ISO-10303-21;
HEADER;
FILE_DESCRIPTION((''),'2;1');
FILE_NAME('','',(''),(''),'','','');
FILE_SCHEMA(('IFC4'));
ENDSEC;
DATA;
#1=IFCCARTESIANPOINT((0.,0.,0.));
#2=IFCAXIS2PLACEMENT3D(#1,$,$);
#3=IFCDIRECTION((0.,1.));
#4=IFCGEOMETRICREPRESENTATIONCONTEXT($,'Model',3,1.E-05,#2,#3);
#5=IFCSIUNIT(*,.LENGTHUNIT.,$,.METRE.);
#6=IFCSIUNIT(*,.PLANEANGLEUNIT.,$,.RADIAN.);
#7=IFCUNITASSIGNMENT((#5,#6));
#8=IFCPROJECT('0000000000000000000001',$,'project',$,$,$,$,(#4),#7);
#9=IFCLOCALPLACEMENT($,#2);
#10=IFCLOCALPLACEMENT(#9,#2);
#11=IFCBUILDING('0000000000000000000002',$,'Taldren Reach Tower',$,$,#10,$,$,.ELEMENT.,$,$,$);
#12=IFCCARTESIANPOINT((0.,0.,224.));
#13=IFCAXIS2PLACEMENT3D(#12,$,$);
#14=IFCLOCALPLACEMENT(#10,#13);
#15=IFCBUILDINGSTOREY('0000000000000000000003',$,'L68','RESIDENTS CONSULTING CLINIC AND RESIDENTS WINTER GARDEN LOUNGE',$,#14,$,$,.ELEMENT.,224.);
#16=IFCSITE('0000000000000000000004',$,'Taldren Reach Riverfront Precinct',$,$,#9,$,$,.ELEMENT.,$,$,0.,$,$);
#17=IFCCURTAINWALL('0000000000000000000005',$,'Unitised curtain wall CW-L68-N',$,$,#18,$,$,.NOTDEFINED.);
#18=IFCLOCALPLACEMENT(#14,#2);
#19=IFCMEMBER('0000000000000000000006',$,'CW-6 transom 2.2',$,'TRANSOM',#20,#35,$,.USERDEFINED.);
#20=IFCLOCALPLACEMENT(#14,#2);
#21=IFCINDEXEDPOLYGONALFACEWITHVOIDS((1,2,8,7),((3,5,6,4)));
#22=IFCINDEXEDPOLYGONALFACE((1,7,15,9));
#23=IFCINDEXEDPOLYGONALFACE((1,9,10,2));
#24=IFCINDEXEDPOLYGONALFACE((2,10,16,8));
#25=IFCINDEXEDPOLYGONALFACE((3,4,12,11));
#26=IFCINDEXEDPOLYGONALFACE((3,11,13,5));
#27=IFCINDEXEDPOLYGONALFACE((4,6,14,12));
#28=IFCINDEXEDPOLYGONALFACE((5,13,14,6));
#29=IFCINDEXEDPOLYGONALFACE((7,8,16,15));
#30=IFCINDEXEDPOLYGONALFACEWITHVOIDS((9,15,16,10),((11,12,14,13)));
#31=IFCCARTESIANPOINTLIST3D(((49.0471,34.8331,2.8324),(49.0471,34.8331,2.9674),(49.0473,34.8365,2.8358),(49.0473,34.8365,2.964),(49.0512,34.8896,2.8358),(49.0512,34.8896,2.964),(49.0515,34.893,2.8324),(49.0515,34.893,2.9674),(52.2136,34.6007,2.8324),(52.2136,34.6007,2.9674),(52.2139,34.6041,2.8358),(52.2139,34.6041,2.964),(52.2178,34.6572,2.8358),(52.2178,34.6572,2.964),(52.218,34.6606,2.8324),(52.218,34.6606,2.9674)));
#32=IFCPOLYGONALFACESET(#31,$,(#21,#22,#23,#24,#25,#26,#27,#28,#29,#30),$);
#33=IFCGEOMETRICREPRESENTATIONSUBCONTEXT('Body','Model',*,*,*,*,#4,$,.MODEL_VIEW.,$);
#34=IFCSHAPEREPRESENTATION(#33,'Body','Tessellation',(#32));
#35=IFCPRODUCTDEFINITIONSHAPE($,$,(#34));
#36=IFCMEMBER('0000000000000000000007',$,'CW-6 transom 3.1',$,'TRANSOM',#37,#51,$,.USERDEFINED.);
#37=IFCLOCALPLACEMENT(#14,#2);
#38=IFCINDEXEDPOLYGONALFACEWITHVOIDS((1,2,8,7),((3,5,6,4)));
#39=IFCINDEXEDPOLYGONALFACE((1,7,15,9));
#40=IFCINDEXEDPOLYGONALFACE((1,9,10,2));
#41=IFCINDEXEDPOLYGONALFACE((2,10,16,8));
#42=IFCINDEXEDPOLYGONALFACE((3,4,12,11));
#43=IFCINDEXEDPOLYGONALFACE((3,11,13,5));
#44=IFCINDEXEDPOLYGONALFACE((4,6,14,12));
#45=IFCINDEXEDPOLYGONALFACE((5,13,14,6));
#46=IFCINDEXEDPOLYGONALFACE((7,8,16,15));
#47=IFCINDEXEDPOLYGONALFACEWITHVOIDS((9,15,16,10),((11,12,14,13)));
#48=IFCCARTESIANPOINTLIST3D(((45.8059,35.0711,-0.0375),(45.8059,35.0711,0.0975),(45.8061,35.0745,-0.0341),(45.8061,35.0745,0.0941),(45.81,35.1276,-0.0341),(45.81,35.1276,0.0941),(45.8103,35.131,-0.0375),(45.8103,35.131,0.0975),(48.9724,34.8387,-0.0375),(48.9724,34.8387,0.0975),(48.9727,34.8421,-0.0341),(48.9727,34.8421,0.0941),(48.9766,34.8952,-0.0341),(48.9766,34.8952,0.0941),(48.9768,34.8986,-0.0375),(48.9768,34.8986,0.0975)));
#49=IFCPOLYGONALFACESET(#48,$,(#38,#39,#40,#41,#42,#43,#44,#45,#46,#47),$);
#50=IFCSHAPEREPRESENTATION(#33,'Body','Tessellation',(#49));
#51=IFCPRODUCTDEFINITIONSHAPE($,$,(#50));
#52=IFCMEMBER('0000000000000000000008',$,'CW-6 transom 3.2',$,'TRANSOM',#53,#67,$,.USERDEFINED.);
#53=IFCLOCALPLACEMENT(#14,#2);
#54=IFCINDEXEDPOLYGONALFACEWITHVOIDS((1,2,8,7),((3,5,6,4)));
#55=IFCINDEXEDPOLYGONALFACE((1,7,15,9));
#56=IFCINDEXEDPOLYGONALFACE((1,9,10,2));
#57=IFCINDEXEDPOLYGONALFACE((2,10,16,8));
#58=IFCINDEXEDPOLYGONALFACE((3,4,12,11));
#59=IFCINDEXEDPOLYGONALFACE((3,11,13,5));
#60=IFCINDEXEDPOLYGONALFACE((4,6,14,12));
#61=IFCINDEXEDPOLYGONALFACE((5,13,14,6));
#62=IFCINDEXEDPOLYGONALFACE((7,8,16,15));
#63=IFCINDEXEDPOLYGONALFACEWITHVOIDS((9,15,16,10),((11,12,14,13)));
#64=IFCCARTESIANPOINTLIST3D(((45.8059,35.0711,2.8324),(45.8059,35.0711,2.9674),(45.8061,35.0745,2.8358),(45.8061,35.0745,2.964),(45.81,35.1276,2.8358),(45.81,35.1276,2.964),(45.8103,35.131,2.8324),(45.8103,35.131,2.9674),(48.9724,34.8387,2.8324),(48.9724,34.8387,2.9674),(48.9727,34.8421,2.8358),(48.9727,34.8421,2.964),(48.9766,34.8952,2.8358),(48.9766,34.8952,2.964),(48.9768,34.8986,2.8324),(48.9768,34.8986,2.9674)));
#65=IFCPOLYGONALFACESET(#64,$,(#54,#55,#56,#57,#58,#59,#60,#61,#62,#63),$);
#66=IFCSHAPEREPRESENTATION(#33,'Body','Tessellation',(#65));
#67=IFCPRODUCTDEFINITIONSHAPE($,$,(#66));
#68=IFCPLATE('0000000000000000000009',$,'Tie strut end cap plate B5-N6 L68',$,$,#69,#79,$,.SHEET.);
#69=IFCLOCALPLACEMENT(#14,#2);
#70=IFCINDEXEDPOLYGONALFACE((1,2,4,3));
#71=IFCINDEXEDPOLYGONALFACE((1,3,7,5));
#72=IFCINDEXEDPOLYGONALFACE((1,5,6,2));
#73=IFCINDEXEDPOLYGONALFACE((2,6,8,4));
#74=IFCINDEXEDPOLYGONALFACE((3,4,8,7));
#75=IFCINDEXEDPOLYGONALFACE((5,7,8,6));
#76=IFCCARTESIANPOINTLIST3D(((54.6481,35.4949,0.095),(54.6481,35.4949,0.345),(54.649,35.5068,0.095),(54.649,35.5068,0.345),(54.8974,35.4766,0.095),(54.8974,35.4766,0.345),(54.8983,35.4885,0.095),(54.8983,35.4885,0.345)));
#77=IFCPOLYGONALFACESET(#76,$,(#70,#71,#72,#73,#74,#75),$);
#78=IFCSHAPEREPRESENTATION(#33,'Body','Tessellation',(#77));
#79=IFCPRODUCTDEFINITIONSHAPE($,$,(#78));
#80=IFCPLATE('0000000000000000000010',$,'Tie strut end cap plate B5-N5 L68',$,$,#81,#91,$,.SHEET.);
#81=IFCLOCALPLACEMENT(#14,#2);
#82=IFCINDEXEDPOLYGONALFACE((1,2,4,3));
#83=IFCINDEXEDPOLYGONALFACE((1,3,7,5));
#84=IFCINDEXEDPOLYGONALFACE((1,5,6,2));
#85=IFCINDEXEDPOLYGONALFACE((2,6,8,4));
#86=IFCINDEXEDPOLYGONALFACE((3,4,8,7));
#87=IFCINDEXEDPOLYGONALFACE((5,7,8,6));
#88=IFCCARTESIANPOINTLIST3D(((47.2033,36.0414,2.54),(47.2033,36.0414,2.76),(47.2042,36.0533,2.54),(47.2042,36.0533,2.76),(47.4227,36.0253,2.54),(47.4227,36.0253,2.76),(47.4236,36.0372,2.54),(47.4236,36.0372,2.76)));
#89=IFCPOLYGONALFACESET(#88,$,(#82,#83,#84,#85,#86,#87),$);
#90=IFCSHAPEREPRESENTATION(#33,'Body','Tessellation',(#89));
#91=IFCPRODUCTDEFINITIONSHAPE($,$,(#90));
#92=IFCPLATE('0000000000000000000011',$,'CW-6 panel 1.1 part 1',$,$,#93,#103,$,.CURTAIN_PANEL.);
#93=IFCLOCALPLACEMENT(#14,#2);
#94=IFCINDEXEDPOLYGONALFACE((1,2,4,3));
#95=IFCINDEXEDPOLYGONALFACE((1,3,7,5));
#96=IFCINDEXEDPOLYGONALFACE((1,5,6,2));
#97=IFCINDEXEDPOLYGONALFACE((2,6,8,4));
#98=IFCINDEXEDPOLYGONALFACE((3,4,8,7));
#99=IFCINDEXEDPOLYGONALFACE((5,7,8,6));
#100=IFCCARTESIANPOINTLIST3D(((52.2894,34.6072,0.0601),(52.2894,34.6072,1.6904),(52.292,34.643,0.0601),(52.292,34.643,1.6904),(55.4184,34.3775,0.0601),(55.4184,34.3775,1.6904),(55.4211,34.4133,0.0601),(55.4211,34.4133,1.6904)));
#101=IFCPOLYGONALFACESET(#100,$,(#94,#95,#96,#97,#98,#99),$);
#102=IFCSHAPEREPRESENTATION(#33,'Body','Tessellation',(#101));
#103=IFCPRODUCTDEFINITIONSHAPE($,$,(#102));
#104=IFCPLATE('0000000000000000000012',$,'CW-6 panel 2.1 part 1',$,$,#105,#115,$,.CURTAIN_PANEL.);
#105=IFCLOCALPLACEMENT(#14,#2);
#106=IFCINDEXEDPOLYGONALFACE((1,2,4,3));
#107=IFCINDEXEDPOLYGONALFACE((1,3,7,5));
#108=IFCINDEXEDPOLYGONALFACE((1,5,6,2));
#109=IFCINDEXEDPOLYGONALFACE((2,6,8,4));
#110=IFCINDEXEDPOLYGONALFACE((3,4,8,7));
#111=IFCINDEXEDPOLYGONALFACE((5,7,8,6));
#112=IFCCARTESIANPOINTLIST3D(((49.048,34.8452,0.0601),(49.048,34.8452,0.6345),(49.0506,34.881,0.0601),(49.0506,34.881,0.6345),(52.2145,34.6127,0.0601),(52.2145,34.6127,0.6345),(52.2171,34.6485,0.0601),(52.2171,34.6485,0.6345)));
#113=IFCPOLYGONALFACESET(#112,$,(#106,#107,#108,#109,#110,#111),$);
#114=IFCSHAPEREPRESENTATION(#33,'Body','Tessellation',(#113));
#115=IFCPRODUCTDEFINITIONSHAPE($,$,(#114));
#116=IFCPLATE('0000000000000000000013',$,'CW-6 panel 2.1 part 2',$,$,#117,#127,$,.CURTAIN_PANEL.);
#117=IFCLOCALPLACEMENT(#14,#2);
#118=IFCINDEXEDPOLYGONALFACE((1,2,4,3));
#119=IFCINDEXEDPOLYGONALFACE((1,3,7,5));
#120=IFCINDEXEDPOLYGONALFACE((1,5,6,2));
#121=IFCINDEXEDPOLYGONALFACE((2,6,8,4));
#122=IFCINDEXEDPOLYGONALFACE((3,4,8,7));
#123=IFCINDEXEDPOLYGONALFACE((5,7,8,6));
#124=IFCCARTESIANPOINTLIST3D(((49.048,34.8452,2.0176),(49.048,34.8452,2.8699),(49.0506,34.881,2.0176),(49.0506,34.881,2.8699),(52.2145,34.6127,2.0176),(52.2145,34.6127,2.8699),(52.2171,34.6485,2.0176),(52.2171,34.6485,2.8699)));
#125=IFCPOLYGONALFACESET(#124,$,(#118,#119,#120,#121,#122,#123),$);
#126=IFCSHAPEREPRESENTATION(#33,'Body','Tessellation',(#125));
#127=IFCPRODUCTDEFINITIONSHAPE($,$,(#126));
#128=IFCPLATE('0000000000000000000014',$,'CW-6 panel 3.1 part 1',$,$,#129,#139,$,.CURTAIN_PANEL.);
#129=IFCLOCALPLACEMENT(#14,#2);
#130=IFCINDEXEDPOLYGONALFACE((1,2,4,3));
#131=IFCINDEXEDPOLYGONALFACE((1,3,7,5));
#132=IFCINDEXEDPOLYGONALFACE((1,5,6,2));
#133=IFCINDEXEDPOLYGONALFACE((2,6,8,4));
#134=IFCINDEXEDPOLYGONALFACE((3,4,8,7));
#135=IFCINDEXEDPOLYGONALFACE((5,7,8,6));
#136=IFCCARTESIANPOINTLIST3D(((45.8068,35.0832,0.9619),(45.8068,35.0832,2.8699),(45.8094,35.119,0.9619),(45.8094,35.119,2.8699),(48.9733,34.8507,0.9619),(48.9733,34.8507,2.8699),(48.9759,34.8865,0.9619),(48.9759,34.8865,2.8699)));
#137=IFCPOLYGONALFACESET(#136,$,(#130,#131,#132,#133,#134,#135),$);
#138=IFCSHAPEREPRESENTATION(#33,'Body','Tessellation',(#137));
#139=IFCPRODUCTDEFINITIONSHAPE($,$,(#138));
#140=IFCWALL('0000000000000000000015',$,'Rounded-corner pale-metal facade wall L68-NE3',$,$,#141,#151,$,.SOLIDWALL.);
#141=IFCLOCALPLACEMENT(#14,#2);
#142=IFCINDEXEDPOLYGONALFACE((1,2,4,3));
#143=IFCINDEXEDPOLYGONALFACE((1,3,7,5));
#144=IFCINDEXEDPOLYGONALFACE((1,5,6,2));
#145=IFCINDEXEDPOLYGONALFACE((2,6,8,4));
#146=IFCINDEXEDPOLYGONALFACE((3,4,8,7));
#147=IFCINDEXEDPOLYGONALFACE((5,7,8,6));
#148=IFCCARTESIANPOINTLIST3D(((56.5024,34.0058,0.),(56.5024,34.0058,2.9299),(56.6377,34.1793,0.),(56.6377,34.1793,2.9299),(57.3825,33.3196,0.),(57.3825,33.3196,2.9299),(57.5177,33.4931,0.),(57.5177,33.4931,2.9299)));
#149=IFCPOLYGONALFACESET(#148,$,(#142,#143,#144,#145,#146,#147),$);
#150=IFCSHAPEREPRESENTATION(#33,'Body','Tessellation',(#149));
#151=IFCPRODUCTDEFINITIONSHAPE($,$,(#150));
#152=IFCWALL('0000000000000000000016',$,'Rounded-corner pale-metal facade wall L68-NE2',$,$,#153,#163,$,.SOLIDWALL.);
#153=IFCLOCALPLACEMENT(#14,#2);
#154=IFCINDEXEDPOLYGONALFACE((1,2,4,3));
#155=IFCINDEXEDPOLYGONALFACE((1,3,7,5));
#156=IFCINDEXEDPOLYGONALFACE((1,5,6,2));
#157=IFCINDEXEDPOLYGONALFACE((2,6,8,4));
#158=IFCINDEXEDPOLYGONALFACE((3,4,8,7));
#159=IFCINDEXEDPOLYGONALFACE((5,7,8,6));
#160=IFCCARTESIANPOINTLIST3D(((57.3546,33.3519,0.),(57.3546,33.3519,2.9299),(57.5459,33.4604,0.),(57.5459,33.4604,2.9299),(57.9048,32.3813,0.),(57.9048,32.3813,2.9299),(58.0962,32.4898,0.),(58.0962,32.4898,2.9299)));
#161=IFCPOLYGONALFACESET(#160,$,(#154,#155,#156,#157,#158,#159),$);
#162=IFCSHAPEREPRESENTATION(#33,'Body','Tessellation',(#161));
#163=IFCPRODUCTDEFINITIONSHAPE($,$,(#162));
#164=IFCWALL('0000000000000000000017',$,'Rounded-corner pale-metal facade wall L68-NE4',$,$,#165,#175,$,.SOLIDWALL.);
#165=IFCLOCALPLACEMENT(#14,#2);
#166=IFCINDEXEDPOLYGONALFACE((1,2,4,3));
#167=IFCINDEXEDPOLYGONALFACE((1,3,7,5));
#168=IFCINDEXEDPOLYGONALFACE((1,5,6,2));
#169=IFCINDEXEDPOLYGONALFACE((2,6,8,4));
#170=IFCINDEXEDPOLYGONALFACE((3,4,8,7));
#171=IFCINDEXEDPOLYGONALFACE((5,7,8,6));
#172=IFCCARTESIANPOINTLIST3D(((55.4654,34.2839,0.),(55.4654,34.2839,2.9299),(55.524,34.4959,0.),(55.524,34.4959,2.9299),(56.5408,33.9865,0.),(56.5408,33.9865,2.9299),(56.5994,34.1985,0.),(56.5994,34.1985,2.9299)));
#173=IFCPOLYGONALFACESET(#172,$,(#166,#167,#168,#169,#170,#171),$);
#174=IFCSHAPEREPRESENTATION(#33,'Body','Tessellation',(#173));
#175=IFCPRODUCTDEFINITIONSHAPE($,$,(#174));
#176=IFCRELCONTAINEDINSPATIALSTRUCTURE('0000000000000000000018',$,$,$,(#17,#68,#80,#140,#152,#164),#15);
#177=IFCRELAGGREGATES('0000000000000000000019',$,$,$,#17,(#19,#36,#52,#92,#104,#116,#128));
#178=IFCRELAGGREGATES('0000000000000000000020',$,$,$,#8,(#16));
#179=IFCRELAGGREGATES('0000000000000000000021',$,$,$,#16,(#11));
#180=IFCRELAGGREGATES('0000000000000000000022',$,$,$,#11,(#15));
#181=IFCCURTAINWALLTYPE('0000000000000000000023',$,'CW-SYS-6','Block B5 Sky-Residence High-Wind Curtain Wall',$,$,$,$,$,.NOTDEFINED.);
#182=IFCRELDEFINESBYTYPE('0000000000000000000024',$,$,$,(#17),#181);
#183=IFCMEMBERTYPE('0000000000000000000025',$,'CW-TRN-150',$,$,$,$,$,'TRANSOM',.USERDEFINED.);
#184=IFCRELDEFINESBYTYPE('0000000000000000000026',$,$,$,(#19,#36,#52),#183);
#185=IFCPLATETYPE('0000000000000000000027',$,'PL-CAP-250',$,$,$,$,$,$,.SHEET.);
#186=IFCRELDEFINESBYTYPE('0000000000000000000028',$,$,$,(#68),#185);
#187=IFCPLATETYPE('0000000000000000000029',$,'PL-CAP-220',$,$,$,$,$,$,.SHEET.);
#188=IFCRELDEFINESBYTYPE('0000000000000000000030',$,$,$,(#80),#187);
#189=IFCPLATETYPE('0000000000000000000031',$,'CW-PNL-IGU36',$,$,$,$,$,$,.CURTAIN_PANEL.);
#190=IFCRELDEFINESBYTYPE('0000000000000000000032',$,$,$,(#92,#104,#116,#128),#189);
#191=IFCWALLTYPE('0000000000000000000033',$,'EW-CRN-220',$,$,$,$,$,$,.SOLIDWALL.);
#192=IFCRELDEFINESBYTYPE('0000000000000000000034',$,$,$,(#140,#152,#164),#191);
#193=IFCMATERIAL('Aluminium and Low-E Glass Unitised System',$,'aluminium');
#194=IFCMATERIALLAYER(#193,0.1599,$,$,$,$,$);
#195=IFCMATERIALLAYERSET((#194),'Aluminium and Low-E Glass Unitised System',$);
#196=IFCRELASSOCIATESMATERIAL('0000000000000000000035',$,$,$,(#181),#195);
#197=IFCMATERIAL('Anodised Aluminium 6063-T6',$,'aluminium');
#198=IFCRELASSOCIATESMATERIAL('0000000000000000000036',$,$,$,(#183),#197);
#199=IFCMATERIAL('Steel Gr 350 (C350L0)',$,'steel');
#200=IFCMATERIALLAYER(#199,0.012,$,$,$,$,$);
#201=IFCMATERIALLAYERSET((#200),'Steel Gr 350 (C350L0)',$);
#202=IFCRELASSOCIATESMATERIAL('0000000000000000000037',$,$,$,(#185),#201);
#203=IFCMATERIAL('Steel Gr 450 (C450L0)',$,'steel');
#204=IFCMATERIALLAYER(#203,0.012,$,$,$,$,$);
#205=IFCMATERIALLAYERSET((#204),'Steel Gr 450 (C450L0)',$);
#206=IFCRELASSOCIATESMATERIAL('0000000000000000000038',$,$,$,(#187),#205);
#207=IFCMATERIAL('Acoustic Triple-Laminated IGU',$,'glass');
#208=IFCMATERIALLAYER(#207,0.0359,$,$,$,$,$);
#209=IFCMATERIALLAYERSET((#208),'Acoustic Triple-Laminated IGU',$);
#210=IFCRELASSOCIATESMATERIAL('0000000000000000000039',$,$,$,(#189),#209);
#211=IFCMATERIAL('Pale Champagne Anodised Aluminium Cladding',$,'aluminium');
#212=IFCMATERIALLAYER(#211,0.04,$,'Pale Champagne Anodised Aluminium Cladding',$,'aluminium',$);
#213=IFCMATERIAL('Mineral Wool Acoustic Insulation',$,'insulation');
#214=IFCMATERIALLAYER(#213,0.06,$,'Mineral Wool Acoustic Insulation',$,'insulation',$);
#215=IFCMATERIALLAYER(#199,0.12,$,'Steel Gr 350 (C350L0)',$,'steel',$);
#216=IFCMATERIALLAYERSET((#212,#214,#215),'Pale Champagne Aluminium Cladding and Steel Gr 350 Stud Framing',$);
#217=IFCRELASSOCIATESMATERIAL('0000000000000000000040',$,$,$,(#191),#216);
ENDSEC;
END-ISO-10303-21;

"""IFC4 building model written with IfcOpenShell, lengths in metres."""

from ifc_helpers import new_model, si_unit, direction, frame, frame_2d, origin, origin_2d, place, context, subcontext, project, spatial, rectangle, hollow_rectangle, extrude, source, transform, mapped, material, layer, layer_set, material_profile, profile_set, type_object, element, aggregate, save


model = new_model("IFC4")

# Units and contexts
model_context = context("Model", 3, precision=1e-05, world=origin(), true_north=direction((0.0, 1.0)))
body_context = subcontext(model_context, "Body", "Model", "MODEL_VIEW")
ifc_project = project(units=[si_unit("LENGTHUNIT", "METRE"), si_unit("PLANEANGLEUNIT", "RADIAN")], contexts=[model_context])

# Site, building, storey
site_placement = place(None, origin())
site = spatial("IfcSite", under=ifc_project, at=site_placement, Name="Taldren Reach Riverfront Precinct", CompositionType="ELEMENT", RefElevation=0.0)
building_placement = place(site_placement, origin())
building = spatial("IfcBuilding", under=site, at=building_placement, Name="Taldren Reach Tower", CompositionType="ELEMENT")
storey_placement = place(building_placement, frame((0.0, 0.0, 224.0)))
storey = spatial("IfcBuildingStorey", under=building, at=storey_placement, Name="L68", Description="RESIDENTS CONSULTING CLINIC AND RESIDENTS WINTER GARDEN LOUNGE", CompositionType="ELEMENT", Elevation=224.0)

# Shared definitions
ifc_material_1 = material(Name="Steel Gr 350 (C350L0)", Category="steel")

# Shared definitions
ifc_material_2 = material(Name="Steel Gr 450 (C450L0)", Category="steel")

# Curtain wall, members
ifc_material_3 = material(Name="Aluminium and Low-E Glass Unitised System", Category="aluminium")
ifc_layer_1 = layer(ifc_material_3, 0.1599)
ifc_layer_set_1 = layer_set([ifc_layer_1], Name="Aluminium and Low-E Glass Unitised System")
curtain_wall_type = type_object("IfcCurtainWallType", Name="CW-SYS-6", Description="Block B5 Sky-Residence High-Wind Curtain Wall", PredefinedType="NOTDEFINED", material=ifc_layer_set_1)
curtain_wall_placement = place(storey_placement, origin())
curtain_wall = element("IfcCurtainWall", 1, at=curtain_wall_placement, inside=storey, type_object=curtain_wall_type, Name="Unitised curtain wall CW-L68-N", PredefinedType="NOTDEFINED")
ifc_material_4 = material(Name="Anodised Aluminium 6063-T6", Category="aluminium")
ifc_material_profile_1 = material_profile(ifc_material_4, hollow_rectangle(XDim=0.0601, YDim=0.135, WallThickness=0.0034, at=origin_2d()), Name="ALU-135x60x3.5RHS")
ifc_profile_set_1 = profile_set([ifc_material_profile_1], Name="Anodised Aluminium 6063-T6")
member_type_1 = type_object("IfcMemberType", Name="CW-TRN-150", ElementType="TRANSOM", PredefinedType="USERDEFINED", material=ifc_profile_set_1)
shared_shape_1 = source(origin(), body_context, "Body", "SweptSolid", [
    extrude(hollow_rectangle(XDim=0.0601, YDim=0.135, WallThickness=0.0034, at=origin_2d()), origin(), (0.0, 0.0, 1.0), 3.175),
])
member_1_placement = place(storey_placement, frame((52.2158, 34.6306, 2.8999), z_axis=(-0.997317, 0.073203, 0.0), x_axis=(-0.073203, -0.997317, 0.0)))
member_1 = element("IfcMember", 2, at=member_1_placement, type_object=member_type_1, Name="CW-6 transom 2.2", ObjectType="TRANSOM", PredefinedType="USERDEFINED", context=body_context, shape_type="MappedRepresentation", body=[
    mapped(shared_shape_1, transform((0.0, 0.0, 0.0), scale=1.0)),
])
member_2_placement = place(storey_placement, frame((48.9746, 34.8687, 0.03), z_axis=(-0.997317, 0.073203, 0.0), x_axis=(-0.073203, -0.997317, 0.0)))
member_2 = element("IfcMember", 3, at=member_2_placement, type_object=member_type_1, Name="CW-6 transom 3.1", ObjectType="TRANSOM", PredefinedType="USERDEFINED", context=body_context, shape_type="MappedRepresentation", body=[
    mapped(shared_shape_1, transform((0.0, 0.0, 0.0), scale=1.0)),
])
member_3_placement = place(storey_placement, frame((48.9746, 34.8687, 2.8999), z_axis=(-0.997317, 0.073203, 0.0), x_axis=(-0.073203, -0.997317, 0.0)))
member_3 = element("IfcMember", 4, at=member_3_placement, type_object=member_type_1, Name="CW-6 transom 3.2", ObjectType="TRANSOM", PredefinedType="USERDEFINED", context=body_context, shape_type="MappedRepresentation", body=[
    mapped(shared_shape_1, transform((0.0, 0.0, 0.0), scale=1.0)),
])

# Plates
ifc_layer_2 = layer(ifc_material_1, 0.012)
ifc_layer_set_2 = layer_set([ifc_layer_2], Name="Steel Gr 350 (C350L0)")
plate_type_1 = type_object("IfcPlateType", Name="PL-CAP-250", PredefinedType="SHEET", material=ifc_layer_set_2)
shared_shape_2 = source(origin(), body_context, "Body", "SweptSolid", [
    extrude(rectangle(XDim=0.25, YDim=0.012, at=origin_2d()), origin(), (0.0, 0.0, 1.0), 0.25),
])
plate_1_placement = place(storey_placement, frame((54.7732, 35.4917, 0.095), z_axis=(0.0, 0.0, 1.0), x_axis=(0.997314, -0.073238, 0.0)))
element("IfcPlate", 5, at=plate_1_placement, inside=storey, type_object=plate_type_1, Name="Tie strut end cap plate B5-N6 L68", PredefinedType="SHEET", context=body_context, shape_type="MappedRepresentation", body=[
    mapped(shared_shape_2, transform((0.0, 0.0, 0.0), scale=1.0)),
])
ifc_layer_3 = layer(ifc_material_2, 0.012)
ifc_layer_set_3 = layer_set([ifc_layer_3], Name="Steel Gr 450 (C450L0)")
plate_type_2 = type_object("IfcPlateType", Name="PL-CAP-220", PredefinedType="SHEET", material=ifc_layer_set_3)
shared_shape_3 = source(origin(), body_context, "Body", "SweptSolid", [
    extrude(rectangle(XDim=0.22, YDim=0.012, at=origin_2d()), origin(), (0.0, 0.0, 1.0), 0.22),
])
plate_2_placement = place(storey_placement, frame((47.3135, 36.0393, 2.54), z_axis=(0.0, 0.0, 1.0), x_axis=(0.997314, -0.073238, 0.0)))
element("IfcPlate", 6, at=plate_2_placement, inside=storey, type_object=plate_type_2, Name="Tie strut end cap plate B5-N5 L68", PredefinedType="SHEET", context=body_context, shape_type="MappedRepresentation", body=[
    mapped(shared_shape_3, transform((0.0, 0.0, 0.0), scale=1.0)),
])

# Plates
ifc_material_5 = material(Name="Acoustic Triple-Laminated IGU", Category="glass")
ifc_layer_4 = layer(ifc_material_5, 0.0359)
ifc_layer_set_4 = layer_set([ifc_layer_4], Name="Acoustic Triple-Laminated IGU")
plate_type_3 = type_object("IfcPlateType", Name="CW-PNL-IGU36", PredefinedType="CURTAIN_PANEL", material=ifc_layer_set_4)
shared_shape_4 = source(origin(), body_context, "Body", "SweptSolid", [
    extrude(rectangle(XDim=3.1375, YDim=0.0359, at=origin_2d()), origin(), (0.0, 0.0, 1.0), 1.6304),
])
plate_3_placement = place(storey_placement, frame((53.8552, 34.5103, 0.0601), z_axis=(0.0, 0.0, 1.0), x_axis=(-0.997314, 0.073238, 0.0)))
plate_3 = element("IfcPlate", 7, at=plate_3_placement, type_object=plate_type_3, Name="CW-6 panel 1.1 part 1", PredefinedType="CURTAIN_PANEL", context=body_context, shape_type="MappedRepresentation", body=[
    mapped(shared_shape_4, transform((0.0, 0.0, 0.0), scale=1.0)),
])
shared_shape_5 = source(origin(), body_context, "Body", "SweptSolid", [
    extrude(rectangle(XDim=3.175, YDim=0.0359, at=origin_2d()), origin(), (0.0, 0.0, 1.0), 0.5745),
])
plate_4_placement = place(storey_placement, frame((50.6326, 34.7468, 0.0601), z_axis=(0.0, 0.0, 1.0), x_axis=(-0.997314, 0.073238, 0.0)))
plate_4 = element("IfcPlate", 8, at=plate_4_placement, type_object=plate_type_3, Name="CW-6 panel 2.1 part 1", PredefinedType="CURTAIN_PANEL", context=body_context, shape_type="MappedRepresentation", body=[
    mapped(shared_shape_5, transform((0.0, 0.0, 0.0), scale=1.0)),
])
shared_shape_6 = source(origin(), body_context, "Body", "SweptSolid", [
    extrude(rectangle(XDim=3.175, YDim=0.0359, at=origin_2d()), origin(), (0.0, 0.0, 1.0), 0.8523),
])
plate_5_placement = place(storey_placement, frame((50.6326, 34.7468, 2.0176), z_axis=(0.0, 0.0, 1.0), x_axis=(-0.997314, 0.073238, 0.0)))
plate_5 = element("IfcPlate", 9, at=plate_5_placement, type_object=plate_type_3, Name="CW-6 panel 2.1 part 2", PredefinedType="CURTAIN_PANEL", context=body_context, shape_type="MappedRepresentation", body=[
    mapped(shared_shape_6, transform((0.0, 0.0, 0.0), scale=1.0)),
])
shared_shape_7 = source(origin(), body_context, "Body", "SweptSolid", [
    extrude(rectangle(XDim=3.175, YDim=0.0359, at=origin_2d()), origin(), (0.0, 0.0, 1.0), 1.908),
])
plate_6_placement = place(storey_placement, frame((47.3914, 34.9849, 0.9619), z_axis=(0.0, 0.0, 1.0), x_axis=(-0.997314, 0.073238, 0.0)))
plate_6 = element("IfcPlate", 10, at=plate_6_placement, type_object=plate_type_3, Name="CW-6 panel 3.1 part 1", PredefinedType="CURTAIN_PANEL", context=body_context, shape_type="MappedRepresentation", body=[
    mapped(shared_shape_7, transform((0.0, 0.0, 0.0), scale=1.0)),
])
aggregate(curtain_wall, [member_1, member_2, member_3, plate_3, plate_4, plate_5, plate_6])

# Walls
ifc_material_6 = material(Name="Pale Champagne Anodised Aluminium Cladding", Category="aluminium")
ifc_layer_5 = layer(ifc_material_6, 0.04, Name="Pale Champagne Anodised Aluminium Cladding", Category="aluminium")
ifc_material_7 = material(Name="Mineral Wool Acoustic Insulation", Category="insulation")
ifc_layer_6 = layer(ifc_material_7, 0.06, Name="Mineral Wool Acoustic Insulation", Category="insulation")
ifc_layer_7 = layer(ifc_material_1, 0.12, Name="Steel Gr 350 (C350L0)", Category="steel")
ifc_layer_set_5 = layer_set([ifc_layer_5, ifc_layer_6, ifc_layer_7], Name="Pale Champagne Aluminium Cladding and Steel Gr 350 Stud Framing")
wall_type = type_object("IfcWallType", Name="EW-CRN-220", PredefinedType="SOLIDWALL", material=ifc_layer_set_5)
shared_shape_8 = source(origin(), body_context, "Body", "SweptSolid", [
    extrude(rectangle(XDim=1.116, YDim=0.22, at=frame_2d((0.5581, 0.0))), origin(), (0.0, 0.0, 1.0), 2.9299),
])
wall_placement = place(storey_placement, frame((57.4502, 33.4062, 0.0), z_axis=(0.0, 0.0, 1.0), x_axis=(-0.788598, 0.614909, 0.0)))
element("IfcWall", 11, at=wall_placement, inside=storey, type_object=wall_type, Name="Rounded-corner pale-metal facade wall L68-NE3", PredefinedType="SOLIDWALL", context=body_context, shape_type="MappedRepresentation", body=[
    mapped(shared_shape_8, transform((0.0, 0.0, 0.0), scale=1.0)),
])
shared_shape_9 = source(origin(), body_context, "Body", "SweptSolid", [
    extrude(rectangle(XDim=1.1157, YDim=0.22, at=frame_2d((0.5579, 0.0))), origin(), (0.0, 0.0, 1.0), 2.9299),
])
for number, where, z_axis, x_axis, name in (
    (12, (58.0005, 32.4355, 0.0), (0.0, 0.0, 1.0), (-0.493167, 0.869935, 0.0), "Rounded-corner pale-metal facade wall L68-NE2"),
    (13, (56.5701, 34.0925, 0.0), (0.0, 0.0, 1.0), (-0.963834, 0.266504, 0.0), "Rounded-corner pale-metal facade wall L68-NE4"),
):
    element("IfcWall", number, at=place(storey_placement, frame(where, z_axis=z_axis, x_axis=x_axis)), inside=storey, type_object=wall_type, Name=name, PredefinedType="SOLIDWALL", context=body_context, shape_type="MappedRepresentation", body=[
        mapped(shared_shape_9, transform((0.0, 0.0, 0.0), scale=1.0)),
    ])

save(model, "model.ifc")
